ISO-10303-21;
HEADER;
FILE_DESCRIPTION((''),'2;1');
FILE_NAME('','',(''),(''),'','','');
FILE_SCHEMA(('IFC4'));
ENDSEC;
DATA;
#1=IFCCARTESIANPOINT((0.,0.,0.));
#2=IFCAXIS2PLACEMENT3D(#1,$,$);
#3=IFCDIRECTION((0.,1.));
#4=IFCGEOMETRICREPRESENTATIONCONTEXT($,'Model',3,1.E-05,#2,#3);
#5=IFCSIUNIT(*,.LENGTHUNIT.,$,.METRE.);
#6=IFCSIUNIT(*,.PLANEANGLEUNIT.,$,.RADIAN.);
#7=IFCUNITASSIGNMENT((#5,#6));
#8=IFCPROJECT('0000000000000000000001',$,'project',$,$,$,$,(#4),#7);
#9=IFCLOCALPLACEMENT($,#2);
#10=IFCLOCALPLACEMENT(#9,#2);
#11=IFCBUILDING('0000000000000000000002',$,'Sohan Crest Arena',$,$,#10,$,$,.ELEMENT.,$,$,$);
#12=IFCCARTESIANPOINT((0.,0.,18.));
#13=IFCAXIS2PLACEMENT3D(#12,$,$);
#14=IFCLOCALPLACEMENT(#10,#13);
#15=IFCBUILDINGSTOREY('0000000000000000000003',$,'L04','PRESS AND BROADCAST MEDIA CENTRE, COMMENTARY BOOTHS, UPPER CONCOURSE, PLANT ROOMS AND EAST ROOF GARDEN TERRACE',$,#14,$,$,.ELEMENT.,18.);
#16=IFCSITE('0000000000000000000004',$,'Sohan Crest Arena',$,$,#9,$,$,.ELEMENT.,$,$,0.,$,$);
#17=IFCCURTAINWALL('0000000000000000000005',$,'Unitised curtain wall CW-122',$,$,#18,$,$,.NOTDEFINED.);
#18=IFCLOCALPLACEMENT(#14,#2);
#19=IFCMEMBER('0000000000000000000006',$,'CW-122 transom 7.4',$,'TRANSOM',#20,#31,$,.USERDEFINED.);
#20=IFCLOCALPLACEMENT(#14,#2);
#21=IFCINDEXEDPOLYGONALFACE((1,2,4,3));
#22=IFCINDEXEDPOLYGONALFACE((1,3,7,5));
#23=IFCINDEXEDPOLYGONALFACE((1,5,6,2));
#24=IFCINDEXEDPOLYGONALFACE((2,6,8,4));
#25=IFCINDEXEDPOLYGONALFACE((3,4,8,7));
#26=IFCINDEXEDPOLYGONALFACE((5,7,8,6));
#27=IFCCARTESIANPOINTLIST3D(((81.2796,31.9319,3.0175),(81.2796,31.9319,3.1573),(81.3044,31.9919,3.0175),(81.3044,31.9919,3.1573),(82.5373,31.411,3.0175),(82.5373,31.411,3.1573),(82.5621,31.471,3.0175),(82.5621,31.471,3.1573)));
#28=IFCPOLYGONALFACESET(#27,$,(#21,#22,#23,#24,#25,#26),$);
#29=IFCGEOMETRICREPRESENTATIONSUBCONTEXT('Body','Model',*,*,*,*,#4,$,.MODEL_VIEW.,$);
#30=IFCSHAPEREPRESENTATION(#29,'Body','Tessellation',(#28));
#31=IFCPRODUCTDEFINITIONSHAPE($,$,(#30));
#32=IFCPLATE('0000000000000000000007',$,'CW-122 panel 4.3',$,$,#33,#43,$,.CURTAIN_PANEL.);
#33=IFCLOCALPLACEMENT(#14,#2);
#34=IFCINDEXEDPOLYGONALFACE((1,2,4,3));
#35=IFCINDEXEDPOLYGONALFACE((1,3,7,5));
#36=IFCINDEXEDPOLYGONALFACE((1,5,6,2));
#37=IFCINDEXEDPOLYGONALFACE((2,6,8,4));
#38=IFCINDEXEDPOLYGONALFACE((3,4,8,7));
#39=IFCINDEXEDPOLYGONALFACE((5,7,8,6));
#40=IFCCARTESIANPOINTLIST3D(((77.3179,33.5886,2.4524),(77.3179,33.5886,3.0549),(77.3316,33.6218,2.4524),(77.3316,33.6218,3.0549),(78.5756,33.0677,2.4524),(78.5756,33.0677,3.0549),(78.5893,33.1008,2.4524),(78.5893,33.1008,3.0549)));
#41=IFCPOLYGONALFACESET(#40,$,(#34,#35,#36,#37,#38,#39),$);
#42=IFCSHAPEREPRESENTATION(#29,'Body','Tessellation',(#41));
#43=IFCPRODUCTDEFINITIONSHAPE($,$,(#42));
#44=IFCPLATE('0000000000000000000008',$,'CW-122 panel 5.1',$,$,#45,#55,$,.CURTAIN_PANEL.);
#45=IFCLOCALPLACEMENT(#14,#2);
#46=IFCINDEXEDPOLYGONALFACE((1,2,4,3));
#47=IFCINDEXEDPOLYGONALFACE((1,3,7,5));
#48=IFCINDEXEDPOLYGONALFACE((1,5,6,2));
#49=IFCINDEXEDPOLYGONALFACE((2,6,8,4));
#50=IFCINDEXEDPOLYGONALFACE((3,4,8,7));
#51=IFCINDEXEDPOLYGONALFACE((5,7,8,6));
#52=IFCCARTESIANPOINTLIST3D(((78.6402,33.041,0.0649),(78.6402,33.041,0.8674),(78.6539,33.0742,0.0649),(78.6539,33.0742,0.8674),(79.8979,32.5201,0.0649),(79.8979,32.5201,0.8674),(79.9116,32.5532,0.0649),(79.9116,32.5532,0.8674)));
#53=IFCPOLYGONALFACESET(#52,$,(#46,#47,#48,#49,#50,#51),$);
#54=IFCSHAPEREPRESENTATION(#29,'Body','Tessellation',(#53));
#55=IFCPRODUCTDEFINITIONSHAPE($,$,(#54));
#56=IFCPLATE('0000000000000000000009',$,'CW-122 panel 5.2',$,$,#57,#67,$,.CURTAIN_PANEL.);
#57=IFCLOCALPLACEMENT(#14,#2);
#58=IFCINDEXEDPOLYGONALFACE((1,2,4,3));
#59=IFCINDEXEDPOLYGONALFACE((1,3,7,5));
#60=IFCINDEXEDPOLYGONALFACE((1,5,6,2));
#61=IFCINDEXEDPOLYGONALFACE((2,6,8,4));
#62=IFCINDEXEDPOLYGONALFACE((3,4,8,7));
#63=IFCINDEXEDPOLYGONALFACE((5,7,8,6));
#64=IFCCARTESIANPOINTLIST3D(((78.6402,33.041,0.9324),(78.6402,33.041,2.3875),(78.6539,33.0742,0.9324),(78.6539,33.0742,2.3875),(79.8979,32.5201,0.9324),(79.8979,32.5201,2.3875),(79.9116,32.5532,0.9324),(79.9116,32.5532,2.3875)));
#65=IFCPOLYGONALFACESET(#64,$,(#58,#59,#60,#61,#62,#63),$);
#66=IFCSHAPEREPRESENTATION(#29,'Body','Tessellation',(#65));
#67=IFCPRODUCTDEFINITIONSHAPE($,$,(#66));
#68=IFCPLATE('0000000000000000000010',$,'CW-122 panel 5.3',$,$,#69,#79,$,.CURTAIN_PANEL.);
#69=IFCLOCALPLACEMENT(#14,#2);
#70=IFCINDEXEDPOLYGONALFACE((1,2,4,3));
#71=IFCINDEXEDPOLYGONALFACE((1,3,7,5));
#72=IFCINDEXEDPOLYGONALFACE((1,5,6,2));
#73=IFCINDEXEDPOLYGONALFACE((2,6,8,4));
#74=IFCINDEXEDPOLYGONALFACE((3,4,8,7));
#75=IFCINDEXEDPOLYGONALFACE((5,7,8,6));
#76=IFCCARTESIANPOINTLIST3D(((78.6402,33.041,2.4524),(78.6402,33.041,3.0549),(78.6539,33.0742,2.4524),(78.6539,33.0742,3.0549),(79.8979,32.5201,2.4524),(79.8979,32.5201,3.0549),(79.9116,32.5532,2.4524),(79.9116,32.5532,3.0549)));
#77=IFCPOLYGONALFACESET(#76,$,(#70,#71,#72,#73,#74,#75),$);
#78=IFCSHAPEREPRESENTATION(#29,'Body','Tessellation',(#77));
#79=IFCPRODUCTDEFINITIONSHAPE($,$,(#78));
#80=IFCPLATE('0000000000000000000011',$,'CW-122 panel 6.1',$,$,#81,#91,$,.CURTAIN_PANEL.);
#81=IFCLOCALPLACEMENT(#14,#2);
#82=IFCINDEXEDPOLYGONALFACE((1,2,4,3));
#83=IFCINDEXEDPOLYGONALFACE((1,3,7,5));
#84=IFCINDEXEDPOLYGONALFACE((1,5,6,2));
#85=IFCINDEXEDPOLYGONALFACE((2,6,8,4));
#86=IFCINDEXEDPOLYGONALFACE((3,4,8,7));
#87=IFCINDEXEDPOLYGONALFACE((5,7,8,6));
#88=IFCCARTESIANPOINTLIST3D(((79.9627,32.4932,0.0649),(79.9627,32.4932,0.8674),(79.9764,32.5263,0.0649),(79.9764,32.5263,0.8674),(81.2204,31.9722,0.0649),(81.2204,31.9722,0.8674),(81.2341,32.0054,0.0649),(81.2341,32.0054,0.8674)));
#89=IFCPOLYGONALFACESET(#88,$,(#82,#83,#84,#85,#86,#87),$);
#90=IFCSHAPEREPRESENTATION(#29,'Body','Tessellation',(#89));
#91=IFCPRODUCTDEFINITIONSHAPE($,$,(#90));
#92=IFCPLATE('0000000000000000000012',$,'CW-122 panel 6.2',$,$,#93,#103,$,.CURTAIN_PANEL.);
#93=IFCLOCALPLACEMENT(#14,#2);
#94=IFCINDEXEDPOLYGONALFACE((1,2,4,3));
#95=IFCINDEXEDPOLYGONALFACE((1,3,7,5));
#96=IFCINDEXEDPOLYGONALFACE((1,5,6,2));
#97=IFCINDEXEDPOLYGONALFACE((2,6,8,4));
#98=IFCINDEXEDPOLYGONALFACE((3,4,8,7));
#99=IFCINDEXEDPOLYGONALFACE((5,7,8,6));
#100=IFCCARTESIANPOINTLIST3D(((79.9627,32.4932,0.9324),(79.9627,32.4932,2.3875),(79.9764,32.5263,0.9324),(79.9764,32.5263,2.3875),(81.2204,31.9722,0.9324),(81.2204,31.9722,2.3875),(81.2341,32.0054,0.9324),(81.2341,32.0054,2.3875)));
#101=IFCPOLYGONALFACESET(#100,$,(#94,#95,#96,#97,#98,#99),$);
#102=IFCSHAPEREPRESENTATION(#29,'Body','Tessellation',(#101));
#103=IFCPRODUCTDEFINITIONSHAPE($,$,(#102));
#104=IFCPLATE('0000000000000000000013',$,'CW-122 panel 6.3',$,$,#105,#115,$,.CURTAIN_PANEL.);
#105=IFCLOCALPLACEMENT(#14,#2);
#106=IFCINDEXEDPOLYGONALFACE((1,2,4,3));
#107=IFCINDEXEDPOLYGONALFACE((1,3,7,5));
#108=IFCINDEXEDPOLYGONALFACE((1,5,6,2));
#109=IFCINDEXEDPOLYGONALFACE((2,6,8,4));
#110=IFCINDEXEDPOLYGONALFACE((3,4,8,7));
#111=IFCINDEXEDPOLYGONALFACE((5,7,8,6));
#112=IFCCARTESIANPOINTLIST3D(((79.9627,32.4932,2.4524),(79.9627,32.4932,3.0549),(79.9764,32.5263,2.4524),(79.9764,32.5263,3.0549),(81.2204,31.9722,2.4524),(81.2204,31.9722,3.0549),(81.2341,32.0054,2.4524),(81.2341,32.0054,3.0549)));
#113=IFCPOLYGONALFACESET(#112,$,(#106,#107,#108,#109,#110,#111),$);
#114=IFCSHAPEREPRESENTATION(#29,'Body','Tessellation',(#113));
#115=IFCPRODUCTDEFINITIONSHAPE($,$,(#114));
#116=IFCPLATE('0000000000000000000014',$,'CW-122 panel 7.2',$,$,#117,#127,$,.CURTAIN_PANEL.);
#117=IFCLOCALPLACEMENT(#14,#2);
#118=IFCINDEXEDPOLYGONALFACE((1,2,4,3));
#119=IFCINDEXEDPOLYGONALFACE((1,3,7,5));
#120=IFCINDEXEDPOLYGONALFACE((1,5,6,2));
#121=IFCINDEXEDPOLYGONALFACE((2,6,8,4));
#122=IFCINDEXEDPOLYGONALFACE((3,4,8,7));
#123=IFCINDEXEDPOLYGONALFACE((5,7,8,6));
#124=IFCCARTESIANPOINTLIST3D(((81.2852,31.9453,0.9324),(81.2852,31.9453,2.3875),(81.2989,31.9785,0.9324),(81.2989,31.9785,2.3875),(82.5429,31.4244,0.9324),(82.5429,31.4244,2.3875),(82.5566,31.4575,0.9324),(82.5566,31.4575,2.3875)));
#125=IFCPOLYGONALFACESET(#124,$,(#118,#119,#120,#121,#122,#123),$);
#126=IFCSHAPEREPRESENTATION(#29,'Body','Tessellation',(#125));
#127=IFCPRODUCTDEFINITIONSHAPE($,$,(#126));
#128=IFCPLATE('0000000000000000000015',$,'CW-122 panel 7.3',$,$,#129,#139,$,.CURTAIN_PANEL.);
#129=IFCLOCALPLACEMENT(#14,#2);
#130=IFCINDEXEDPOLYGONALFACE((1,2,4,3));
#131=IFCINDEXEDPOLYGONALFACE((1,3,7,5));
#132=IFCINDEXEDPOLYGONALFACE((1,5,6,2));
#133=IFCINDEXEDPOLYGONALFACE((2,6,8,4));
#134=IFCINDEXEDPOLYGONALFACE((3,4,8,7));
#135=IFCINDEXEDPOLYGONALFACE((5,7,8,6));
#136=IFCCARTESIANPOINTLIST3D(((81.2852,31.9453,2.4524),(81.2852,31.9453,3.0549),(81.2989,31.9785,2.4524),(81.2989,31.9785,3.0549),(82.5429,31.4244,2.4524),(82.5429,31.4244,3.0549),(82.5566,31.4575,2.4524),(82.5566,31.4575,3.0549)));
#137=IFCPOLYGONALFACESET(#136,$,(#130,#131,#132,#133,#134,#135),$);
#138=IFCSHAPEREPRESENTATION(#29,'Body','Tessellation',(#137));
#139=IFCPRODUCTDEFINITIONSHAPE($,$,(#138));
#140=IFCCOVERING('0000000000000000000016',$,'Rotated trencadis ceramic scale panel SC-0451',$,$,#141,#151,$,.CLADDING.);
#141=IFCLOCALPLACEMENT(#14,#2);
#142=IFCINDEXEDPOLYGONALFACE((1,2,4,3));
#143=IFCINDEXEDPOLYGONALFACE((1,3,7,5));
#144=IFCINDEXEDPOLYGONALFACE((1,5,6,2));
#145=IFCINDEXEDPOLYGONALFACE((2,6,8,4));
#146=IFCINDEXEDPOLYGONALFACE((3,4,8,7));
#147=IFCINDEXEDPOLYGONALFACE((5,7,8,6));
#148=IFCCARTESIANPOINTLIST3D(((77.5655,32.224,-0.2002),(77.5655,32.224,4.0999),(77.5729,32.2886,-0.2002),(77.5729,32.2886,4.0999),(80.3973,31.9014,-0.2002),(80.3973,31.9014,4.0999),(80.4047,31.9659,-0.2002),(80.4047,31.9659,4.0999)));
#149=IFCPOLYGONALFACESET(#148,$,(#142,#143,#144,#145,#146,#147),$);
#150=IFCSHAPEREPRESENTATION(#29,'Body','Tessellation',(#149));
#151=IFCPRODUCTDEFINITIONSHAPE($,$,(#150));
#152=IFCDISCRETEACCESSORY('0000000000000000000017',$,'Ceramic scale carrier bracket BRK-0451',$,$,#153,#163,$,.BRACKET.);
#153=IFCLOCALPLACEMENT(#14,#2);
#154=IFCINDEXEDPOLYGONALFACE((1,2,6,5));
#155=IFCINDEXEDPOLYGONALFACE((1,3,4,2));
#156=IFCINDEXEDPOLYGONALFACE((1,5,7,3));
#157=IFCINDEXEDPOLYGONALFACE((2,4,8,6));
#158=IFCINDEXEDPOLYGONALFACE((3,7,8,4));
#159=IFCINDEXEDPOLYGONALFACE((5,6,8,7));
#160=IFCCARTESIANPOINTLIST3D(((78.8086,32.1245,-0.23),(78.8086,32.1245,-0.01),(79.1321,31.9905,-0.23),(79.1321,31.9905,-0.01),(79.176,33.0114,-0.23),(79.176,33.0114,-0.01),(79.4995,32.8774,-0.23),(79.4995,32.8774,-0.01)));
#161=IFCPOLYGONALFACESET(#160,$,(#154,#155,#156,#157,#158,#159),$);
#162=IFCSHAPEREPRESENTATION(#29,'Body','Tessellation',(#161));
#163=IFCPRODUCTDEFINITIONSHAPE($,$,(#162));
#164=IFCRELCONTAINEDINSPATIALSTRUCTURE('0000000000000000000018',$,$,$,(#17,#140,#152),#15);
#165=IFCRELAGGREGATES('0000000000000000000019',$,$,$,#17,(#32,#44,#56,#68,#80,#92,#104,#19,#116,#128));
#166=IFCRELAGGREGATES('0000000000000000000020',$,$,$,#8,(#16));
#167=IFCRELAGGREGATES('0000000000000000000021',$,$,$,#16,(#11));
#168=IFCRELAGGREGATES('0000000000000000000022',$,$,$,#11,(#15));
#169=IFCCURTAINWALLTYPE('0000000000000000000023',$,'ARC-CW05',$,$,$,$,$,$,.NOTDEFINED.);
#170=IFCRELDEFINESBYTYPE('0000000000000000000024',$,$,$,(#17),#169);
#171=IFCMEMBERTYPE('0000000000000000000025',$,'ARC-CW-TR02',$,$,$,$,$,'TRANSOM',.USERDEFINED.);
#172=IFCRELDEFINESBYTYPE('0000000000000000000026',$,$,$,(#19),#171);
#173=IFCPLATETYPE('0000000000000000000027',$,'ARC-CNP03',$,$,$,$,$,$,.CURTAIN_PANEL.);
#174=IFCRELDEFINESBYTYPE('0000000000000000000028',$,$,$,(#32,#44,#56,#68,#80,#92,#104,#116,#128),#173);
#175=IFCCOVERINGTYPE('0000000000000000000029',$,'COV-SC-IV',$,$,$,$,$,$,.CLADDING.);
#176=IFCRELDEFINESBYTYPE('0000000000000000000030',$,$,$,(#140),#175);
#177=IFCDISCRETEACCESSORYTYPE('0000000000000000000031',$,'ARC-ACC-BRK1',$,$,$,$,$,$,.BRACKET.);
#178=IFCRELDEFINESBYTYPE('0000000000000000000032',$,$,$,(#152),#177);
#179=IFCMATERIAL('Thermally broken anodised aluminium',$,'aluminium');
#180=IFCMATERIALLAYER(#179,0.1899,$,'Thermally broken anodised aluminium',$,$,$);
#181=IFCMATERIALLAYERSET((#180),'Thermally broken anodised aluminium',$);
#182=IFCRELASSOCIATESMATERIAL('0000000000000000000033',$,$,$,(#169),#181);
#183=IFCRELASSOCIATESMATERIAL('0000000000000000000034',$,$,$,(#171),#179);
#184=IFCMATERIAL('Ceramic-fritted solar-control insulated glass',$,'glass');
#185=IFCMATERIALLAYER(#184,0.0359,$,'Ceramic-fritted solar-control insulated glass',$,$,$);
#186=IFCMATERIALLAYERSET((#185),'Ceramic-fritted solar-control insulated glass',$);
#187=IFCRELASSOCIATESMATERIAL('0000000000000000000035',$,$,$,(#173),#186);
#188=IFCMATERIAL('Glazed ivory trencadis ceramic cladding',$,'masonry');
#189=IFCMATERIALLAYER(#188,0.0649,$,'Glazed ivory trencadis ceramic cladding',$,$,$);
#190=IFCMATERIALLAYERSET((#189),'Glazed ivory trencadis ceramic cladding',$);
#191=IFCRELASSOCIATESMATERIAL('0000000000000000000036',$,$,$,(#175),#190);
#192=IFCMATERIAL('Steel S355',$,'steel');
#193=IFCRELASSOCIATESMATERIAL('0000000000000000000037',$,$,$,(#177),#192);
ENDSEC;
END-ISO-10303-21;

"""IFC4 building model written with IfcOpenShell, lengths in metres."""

from ifc_helpers import new_model, si_unit, direction, frame, origin, origin_2d, place, context, subcontext, project, spatial, rectangle, extrude, material, layer, layer_set, material_profile, profile_set, type_object, element, aggregate, save


model = new_model("IFC4")

# Units and contexts
model_context = context("Model", 3, precision=1e-05, world=origin(), true_north=direction((0.0, 1.0)))
body_context = subcontext(model_context, "Body", "Model", "MODEL_VIEW")
ifc_project = project(units=[si_unit("LENGTHUNIT", "METRE"), si_unit("PLANEANGLEUNIT", "RADIAN")], contexts=[model_context])

# Site, building, storey
site_placement = place(None, origin())
site = spatial("IfcSite", under=ifc_project, at=site_placement, Name="Sohan Crest Arena", CompositionType="ELEMENT", RefElevation=0.0)
building_placement = place(site_placement, origin())
building = spatial("IfcBuilding", under=site, at=building_placement, Name="Sohan Crest Arena", CompositionType="ELEMENT")
storey_placement = place(building_placement, frame((0.0, 0.0, 18.0)))
storey = spatial("IfcBuildingStorey", under=building, at=storey_placement, Name="L04", Description="PRESS AND BROADCAST MEDIA CENTRE, COMMENTARY BOOTHS, UPPER CONCOURSE, PLANT ROOMS AND EAST ROOF GARDEN TERRACE", CompositionType="ELEMENT", Elevation=18.0)

# Curtain wall, member, plates
ifc_material_1 = material(Name="Thermally broken anodised aluminium", Category="aluminium")
ifc_layer_1 = layer(ifc_material_1, 0.1899, Name="Thermally broken anodised aluminium")
ifc_layer_set_1 = layer_set([ifc_layer_1], Name="Thermally broken anodised aluminium")
curtain_wall_type = type_object("IfcCurtainWallType", Name="ARC-CW05", PredefinedType="NOTDEFINED", material=ifc_layer_set_1)
curtain_wall_placement = place(storey_placement, origin())
curtain_wall = element("IfcCurtainWall", 1, at=curtain_wall_placement, inside=storey, type_object=curtain_wall_type, Name="Unitised curtain wall CW-122", PredefinedType="NOTDEFINED")
ifc_material_profile_1 = material_profile(ifc_material_1, rectangle(XDim=0.0649, YDim=0.1399, at=origin_2d()), Name="ALU-TRAN 65x140")
ifc_profile_set_1 = profile_set([ifc_material_profile_1], Name="Thermally broken anodised aluminium")
member_type_1 = type_object("IfcMemberType", Name="ARC-CW-TR02", ElementType="TRANSOM", PredefinedType="USERDEFINED", material=ifc_profile_set_1)
member_1_placement = place(storey_placement, frame((81.292, 31.9619, 3.0874), z_axis=(0.923881, -0.382679, 0.0), x_axis=(0.382679, 0.923881, 0.0)))
member_1 = element("IfcMember", 2, at=member_1_placement, type_object=member_type_1, Name="CW-122 transom 7.4", ObjectType="TRANSOM", PredefinedType="USERDEFINED", context=body_context, shape_type="SweptSolid", body=[
    extrude(rectangle(XDim=0.0649, YDim=0.1399, at=origin_2d()), origin(), (0.0, 0.0, 1.0), 1.3613),
])
ifc_material_2 = material(Name="Ceramic-fritted solar-control insulated glass", Category="glass")
ifc_layer_2 = layer(ifc_material_2, 0.0359, Name="Ceramic-fritted solar-control insulated glass")
ifc_layer_set_2 = layer_set([ifc_layer_2], Name="Ceramic-fritted solar-control insulated glass")
plate_type = type_object("IfcPlateType", Name="ARC-CNP03", PredefinedType="CURTAIN_PANEL", material=ifc_layer_set_2)
plate_1_placement = place(storey_placement, frame((77.9536, 33.3447, 2.4524), z_axis=(0.0, 0.0, 1.0), x_axis=(0.923879, -0.382685, 0.0)))
plate_1 = element("IfcPlate", 3, at=plate_1_placement, type_object=plate_type, Name="CW-122 panel 4.3", PredefinedType="CURTAIN_PANEL", context=body_context, shape_type="SweptSolid", body=[
    extrude(rectangle(XDim=1.3613, YDim=0.0359, at=origin_2d()), origin(), (0.0, 0.0, 1.0), 0.6025),
])
plate_2_placement = place(storey_placement, frame((79.2759, 32.7971, 0.0649), z_axis=(0.0, 0.0, 1.0), x_axis=(0.923879, -0.382685, 0.0)))
plate_2 = element("IfcPlate", 4, at=plate_2_placement, type_object=plate_type, Name="CW-122 panel 5.1", PredefinedType="CURTAIN_PANEL", context=body_context, shape_type="SweptSolid", body=[
    extrude(rectangle(XDim=1.3613, YDim=0.0359, at=origin_2d()), origin(), (0.0, 0.0, 1.0), 0.8025),
])
plate_3_placement = place(storey_placement, frame((79.2759, 32.7971, 0.9324), z_axis=(0.0, 0.0, 1.0), x_axis=(0.923879, -0.382685, 0.0)))
plate_3 = element("IfcPlate", 5, at=plate_3_placement, type_object=plate_type, Name="CW-122 panel 5.2", PredefinedType="CURTAIN_PANEL", context=body_context, shape_type="SweptSolid", body=[
    extrude(rectangle(XDim=1.3613, YDim=0.0359, at=origin_2d()), origin(), (0.0, 0.0, 1.0), 1.4551),
])
plate_4_placement = place(storey_placement, frame((79.2759, 32.7971, 2.4524), z_axis=(0.0, 0.0, 1.0), x_axis=(0.923879, -0.382685, 0.0)))
plate_4 = element("IfcPlate", 6, at=plate_4_placement, type_object=plate_type, Name="CW-122 panel 5.3", PredefinedType="CURTAIN_PANEL", context=body_context, shape_type="SweptSolid", body=[
    extrude(rectangle(XDim=1.3613, YDim=0.0359, at=origin_2d()), origin(), (0.0, 0.0, 1.0), 0.6025),
])
plate_5_placement = place(storey_placement, frame((80.5984, 32.2493, 0.0649), z_axis=(0.0, 0.0, 1.0), x_axis=(0.923879, -0.382685, 0.0)))
plate_5 = element("IfcPlate", 7, at=plate_5_placement, type_object=plate_type, Name="CW-122 panel 6.1", PredefinedType="CURTAIN_PANEL", context=body_context, shape_type="SweptSolid", body=[
    extrude(rectangle(XDim=1.3613, YDim=0.0359, at=origin_2d()), origin(), (0.0, 0.0, 1.0), 0.8025),
])
plate_6_placement = place(storey_placement, frame((80.5984, 32.2493, 0.9324), z_axis=(0.0, 0.0, 1.0), x_axis=(0.923879, -0.382685, 0.0)))
plate_6 = element("IfcPlate", 8, at=plate_6_placement, type_object=plate_type, Name="CW-122 panel 6.2", PredefinedType="CURTAIN_PANEL", context=body_context, shape_type="SweptSolid", body=[
    extrude(rectangle(XDim=1.3613, YDim=0.0359, at=origin_2d()), origin(), (0.0, 0.0, 1.0), 1.4551),
])
plate_7_placement = place(storey_placement, frame((80.5984, 32.2493, 2.4524), z_axis=(0.0, 0.0, 1.0), x_axis=(0.923879, -0.382685, 0.0)))
plate_7 = element("IfcPlate", 9, at=plate_7_placement, type_object=plate_type, Name="CW-122 panel 6.3", PredefinedType="CURTAIN_PANEL", context=body_context, shape_type="SweptSolid", body=[
    extrude(rectangle(XDim=1.3613, YDim=0.0359, at=origin_2d()), origin(), (0.0, 0.0, 1.0), 0.6025),
])
plate_8_placement = place(storey_placement, frame((81.9209, 31.7014, 0.9324), z_axis=(0.0, 0.0, 1.0), x_axis=(0.923879, -0.382685, 0.0)))
plate_8 = element("IfcPlate", 10, at=plate_8_placement, type_object=plate_type, Name="CW-122 panel 7.2", PredefinedType="CURTAIN_PANEL", context=body_context, shape_type="SweptSolid", body=[
    extrude(rectangle(XDim=1.3613, YDim=0.0359, at=origin_2d()), origin(), (0.0, 0.0, 1.0), 1.4551),
])
plate_9_placement = place(storey_placement, frame((81.9209, 31.7014, 2.4524), z_axis=(0.0, 0.0, 1.0), x_axis=(0.923879, -0.382685, 0.0)))
plate_9 = element("IfcPlate", 11, at=plate_9_placement, type_object=plate_type, Name="CW-122 panel 7.3", PredefinedType="CURTAIN_PANEL", context=body_context, shape_type="SweptSolid", body=[
    extrude(rectangle(XDim=1.3613, YDim=0.0359, at=origin_2d()), origin(), (0.0, 0.0, 1.0), 0.6025),
])
aggregate(curtain_wall, [plate_1, plate_2, plate_3, plate_4, plate_5, plate_6, plate_7, member_1, plate_8, plate_9])

# Covering
ifc_material_3 = material(Name="Glazed ivory trencadis ceramic cladding", Category="masonry")
ifc_layer_3 = layer(ifc_material_3, 0.0649, Name="Glazed ivory trencadis ceramic cladding")
ifc_layer_set_3 = layer_set([ifc_layer_3], Name="Glazed ivory trencadis ceramic cladding")
covering_type = type_object("IfcCoveringType", Name="COV-SC-IV", PredefinedType="CLADDING", material=ifc_layer_set_3)
covering_placement = place(storey_placement, frame((78.9851, 32.095, -0.2002), z_axis=(0.0, 0.0, 1.0), x_axis=(0.993572, -0.113203, 0.0)))
element("IfcCovering", 12, at=covering_placement, inside=storey, type_object=covering_type, Name="Rotated trencadis ceramic scale panel SC-0451", PredefinedType="CLADDING", context=body_context, shape_type="SweptSolid", body=[
    extrude(rectangle(XDim=2.8501, YDim=0.0649, at=origin_2d()), origin(), (0.0, 0.0, 1.0), 4.3),
])

# Discrete accessory
ifc_material_4 = material(Name="Steel S355", Category="steel")
discrete_accessory_type = type_object("IfcDiscreteAccessoryType", Name="ARC-ACC-BRK1", PredefinedType="BRACKET", material=ifc_material_4)
discrete_accessory_placement = place(storey_placement, frame((79.1541, 32.501, -0.23), z_axis=(0.0, 0.0, 1.0), x_axis=(0.92388, -0.382683, 0.0)))
element("IfcDiscreteAccessory", 13, at=discrete_accessory_placement, inside=storey, type_object=discrete_accessory_type, Name="Ceramic scale carrier bracket BRK-0451", PredefinedType="BRACKET", context=body_context, shape_type="SweptSolid", body=[
    extrude(rectangle(XDim=0.3501, YDim=0.96, at=origin_2d()), origin(), (0.0, 0.0, 1.0), 0.22),
])

save(model, "model.ifc")
